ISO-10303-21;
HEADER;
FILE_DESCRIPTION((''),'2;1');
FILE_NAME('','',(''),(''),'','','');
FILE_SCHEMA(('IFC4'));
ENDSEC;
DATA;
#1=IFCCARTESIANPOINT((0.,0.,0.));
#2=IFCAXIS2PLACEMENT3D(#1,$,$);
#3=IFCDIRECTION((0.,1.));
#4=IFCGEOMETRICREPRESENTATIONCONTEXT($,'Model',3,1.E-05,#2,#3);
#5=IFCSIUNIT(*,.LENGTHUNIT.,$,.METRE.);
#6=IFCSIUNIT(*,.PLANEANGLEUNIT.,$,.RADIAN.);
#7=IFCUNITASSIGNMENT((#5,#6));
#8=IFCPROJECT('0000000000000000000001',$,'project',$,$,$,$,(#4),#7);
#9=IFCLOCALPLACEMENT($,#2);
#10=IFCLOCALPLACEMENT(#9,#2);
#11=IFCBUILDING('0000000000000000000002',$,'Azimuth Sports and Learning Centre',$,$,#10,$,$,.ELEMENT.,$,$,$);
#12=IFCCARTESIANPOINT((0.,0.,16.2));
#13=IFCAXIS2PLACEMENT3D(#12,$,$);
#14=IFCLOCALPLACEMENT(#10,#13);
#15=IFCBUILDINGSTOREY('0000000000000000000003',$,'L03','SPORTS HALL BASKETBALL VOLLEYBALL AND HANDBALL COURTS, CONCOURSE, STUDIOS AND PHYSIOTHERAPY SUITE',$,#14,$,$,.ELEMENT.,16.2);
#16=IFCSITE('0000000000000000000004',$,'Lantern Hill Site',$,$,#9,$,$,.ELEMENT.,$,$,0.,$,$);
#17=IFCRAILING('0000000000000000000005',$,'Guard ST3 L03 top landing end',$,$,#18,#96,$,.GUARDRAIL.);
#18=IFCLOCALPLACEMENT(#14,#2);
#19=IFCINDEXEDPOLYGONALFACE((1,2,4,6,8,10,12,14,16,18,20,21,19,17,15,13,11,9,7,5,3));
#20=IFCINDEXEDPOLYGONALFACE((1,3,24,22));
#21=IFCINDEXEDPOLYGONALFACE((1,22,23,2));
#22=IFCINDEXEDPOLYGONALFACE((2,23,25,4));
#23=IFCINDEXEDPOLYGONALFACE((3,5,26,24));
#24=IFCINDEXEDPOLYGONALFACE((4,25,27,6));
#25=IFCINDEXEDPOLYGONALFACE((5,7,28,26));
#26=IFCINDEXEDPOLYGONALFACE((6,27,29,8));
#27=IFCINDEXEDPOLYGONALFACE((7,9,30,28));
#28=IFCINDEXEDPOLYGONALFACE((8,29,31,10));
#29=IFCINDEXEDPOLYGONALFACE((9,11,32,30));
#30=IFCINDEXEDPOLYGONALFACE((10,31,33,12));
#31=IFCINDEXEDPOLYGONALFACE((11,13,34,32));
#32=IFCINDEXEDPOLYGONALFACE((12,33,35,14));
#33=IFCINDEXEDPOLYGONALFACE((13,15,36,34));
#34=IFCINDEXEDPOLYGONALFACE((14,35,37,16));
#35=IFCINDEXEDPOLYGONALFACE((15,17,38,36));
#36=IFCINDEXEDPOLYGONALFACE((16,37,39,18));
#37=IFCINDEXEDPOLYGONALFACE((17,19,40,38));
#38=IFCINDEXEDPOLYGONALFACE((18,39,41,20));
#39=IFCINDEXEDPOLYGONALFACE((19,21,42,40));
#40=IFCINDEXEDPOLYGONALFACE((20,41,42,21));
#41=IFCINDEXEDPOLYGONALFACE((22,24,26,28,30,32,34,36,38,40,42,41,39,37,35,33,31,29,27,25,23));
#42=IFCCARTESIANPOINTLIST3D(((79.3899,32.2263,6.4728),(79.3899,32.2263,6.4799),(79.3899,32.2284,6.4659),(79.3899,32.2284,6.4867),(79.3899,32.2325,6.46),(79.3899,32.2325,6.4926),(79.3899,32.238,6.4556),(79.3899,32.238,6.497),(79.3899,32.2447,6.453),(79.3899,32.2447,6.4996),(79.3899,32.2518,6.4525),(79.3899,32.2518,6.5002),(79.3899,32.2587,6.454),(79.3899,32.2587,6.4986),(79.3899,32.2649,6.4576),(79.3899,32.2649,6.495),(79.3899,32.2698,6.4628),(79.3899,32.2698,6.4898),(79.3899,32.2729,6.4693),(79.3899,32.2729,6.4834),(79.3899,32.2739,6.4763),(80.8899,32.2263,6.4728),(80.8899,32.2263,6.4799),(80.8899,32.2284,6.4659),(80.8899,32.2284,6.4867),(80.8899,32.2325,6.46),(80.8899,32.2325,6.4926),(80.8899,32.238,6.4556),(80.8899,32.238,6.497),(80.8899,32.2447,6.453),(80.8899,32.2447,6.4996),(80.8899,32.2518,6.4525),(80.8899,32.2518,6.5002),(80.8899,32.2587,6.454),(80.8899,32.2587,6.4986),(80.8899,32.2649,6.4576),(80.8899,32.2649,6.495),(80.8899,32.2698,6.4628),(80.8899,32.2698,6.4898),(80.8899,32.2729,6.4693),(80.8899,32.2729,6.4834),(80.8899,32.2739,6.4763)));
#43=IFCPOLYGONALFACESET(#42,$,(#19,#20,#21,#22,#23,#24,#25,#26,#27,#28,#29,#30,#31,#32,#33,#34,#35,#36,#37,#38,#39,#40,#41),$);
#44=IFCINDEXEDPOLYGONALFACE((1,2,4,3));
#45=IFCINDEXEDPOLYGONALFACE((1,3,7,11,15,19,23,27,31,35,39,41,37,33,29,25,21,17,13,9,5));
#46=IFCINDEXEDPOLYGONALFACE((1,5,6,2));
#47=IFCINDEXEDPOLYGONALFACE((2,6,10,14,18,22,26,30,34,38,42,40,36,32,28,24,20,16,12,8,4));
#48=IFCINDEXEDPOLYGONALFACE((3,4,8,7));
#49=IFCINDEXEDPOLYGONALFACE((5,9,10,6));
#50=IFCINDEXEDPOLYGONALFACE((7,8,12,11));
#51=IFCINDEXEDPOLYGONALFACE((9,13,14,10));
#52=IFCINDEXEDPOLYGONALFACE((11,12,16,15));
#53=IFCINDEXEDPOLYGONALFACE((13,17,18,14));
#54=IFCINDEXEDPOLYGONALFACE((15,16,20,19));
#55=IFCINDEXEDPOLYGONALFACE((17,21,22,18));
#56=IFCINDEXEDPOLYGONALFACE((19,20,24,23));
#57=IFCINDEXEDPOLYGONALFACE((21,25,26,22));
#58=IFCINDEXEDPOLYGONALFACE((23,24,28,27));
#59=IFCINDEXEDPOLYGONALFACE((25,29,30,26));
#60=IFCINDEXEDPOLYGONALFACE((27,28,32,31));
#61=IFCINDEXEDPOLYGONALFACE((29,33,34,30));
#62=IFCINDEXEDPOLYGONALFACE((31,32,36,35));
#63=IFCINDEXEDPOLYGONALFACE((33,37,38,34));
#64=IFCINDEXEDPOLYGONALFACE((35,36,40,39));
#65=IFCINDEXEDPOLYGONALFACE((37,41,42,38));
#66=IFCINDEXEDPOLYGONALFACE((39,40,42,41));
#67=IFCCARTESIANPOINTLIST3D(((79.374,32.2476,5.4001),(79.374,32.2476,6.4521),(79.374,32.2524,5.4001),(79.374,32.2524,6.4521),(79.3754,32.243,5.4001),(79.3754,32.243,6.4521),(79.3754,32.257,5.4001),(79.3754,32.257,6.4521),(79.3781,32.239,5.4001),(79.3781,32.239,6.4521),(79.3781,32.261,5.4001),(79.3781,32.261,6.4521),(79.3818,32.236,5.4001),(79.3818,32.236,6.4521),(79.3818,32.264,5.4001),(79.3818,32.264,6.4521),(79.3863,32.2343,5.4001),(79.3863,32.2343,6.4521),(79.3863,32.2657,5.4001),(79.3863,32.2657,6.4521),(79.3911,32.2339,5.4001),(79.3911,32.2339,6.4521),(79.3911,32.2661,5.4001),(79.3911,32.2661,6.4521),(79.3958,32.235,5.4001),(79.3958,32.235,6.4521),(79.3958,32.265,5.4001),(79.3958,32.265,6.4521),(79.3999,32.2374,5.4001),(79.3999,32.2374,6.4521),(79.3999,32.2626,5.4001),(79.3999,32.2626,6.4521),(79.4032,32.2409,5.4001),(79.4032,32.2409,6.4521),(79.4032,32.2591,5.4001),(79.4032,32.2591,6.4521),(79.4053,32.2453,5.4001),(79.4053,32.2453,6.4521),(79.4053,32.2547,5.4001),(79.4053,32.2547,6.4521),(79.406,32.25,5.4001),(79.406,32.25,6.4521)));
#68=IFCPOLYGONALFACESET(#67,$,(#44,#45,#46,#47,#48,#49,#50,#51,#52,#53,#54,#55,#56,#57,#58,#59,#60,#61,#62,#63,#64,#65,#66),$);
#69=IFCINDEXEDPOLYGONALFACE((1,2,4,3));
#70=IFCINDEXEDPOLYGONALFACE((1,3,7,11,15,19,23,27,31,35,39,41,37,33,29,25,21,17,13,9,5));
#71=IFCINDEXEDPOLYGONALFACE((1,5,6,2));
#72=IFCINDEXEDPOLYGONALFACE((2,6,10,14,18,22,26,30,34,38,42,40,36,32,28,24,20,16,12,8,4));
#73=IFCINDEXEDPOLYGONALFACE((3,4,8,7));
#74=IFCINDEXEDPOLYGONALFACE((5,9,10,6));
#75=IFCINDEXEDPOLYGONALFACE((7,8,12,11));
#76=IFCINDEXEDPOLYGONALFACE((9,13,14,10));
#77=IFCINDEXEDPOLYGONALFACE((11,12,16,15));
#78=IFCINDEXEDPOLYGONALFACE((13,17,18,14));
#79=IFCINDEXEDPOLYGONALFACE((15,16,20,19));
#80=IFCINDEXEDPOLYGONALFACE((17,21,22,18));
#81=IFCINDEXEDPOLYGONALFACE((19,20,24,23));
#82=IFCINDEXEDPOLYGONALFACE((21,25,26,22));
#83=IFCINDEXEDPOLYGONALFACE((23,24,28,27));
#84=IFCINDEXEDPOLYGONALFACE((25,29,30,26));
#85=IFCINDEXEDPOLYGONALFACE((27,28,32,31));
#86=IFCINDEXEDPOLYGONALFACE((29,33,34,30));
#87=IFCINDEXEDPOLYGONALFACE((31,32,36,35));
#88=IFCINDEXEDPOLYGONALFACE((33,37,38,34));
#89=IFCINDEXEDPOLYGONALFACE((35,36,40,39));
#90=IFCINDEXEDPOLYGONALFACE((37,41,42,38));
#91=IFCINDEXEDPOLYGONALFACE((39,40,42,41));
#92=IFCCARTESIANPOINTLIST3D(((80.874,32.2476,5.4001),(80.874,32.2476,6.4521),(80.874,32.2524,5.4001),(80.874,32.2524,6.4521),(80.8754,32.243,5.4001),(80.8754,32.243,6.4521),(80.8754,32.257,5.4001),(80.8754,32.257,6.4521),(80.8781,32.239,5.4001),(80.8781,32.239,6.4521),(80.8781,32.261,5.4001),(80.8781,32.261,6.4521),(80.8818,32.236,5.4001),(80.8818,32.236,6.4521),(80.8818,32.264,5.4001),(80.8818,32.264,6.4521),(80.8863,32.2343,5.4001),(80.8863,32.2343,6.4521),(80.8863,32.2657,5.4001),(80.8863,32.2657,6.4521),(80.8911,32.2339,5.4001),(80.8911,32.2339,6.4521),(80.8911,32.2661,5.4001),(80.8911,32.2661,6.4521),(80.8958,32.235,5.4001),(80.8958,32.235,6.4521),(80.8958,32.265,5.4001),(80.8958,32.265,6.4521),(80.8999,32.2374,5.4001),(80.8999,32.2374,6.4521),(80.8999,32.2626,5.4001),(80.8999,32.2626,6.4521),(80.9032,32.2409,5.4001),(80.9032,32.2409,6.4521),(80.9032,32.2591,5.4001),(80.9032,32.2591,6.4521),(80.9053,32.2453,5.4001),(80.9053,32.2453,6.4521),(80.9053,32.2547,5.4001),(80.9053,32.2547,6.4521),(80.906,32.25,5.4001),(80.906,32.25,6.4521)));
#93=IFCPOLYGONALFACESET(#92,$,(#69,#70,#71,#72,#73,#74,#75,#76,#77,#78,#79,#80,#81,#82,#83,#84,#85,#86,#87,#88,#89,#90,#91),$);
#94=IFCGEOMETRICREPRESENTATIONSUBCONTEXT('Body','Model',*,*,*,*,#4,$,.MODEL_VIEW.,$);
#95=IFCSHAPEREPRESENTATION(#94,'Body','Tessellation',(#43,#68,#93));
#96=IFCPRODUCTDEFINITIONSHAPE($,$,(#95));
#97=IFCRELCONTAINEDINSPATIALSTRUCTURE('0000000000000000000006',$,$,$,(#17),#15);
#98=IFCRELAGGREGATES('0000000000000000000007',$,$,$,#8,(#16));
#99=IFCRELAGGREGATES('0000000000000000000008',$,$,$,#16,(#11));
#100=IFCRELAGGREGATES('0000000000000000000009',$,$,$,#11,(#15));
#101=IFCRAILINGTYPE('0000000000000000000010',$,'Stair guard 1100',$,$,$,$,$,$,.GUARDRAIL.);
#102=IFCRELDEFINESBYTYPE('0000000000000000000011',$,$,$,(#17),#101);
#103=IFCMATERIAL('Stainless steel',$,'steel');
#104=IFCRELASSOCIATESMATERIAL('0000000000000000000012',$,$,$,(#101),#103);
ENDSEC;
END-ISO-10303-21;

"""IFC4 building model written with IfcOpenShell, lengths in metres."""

from ifc_helpers import new_model, si_unit, direction, frame, origin, origin_2d, place, context, subcontext, project, spatial, circle, extrude, material, type_object, element, save


model = new_model("IFC4")

# Units and contexts
model_context = context("Model", 3, precision=1e-05, world=origin(), true_north=direction((0.0, 1.0)))
body_context = subcontext(model_context, "Body", "Model", "MODEL_VIEW")
ifc_project = project(units=[si_unit("LENGTHUNIT", "METRE"), si_unit("PLANEANGLEUNIT", "RADIAN")], contexts=[model_context])

# Site, building, storey
site_placement = place(None, origin())
site = spatial("IfcSite", under=ifc_project, at=site_placement, Name="Lantern Hill Site", CompositionType="ELEMENT", RefElevation=0.0)
building_placement = place(site_placement, origin())
building = spatial("IfcBuilding", under=site, at=building_placement, Name="Azimuth Sports and Learning Centre", CompositionType="ELEMENT")
storey_placement = place(building_placement, frame((0.0, 0.0, 16.2)))
storey = spatial("IfcBuildingStorey", under=building, at=storey_placement, Name="L03", Description="SPORTS HALL BASKETBALL VOLLEYBALL AND HANDBALL COURTS, CONCOURSE, STUDIOS AND PHYSIOTHERAPY SUITE", CompositionType="ELEMENT", Elevation=16.2)

# Railing
ifc_material_1 = material(Name="Stainless steel", Category="steel")
railing_type_1 = type_object("IfcRailingType", Name="Stair guard 1100", PredefinedType="GUARDRAIL", material=ifc_material_1)
railing_1_placement = place(storey_placement, frame((79.3899, 32.25, 5.4001)))
element("IfcRailing", 1, at=railing_1_placement, inside=storey, type_object=railing_type_1, Name="Guard ST3 L03 top landing end", PredefinedType="GUARDRAIL", context=body_context, shape_type="SweptSolid", body=[
    extrude(circle(Radius=0.0239, at=origin_2d()), frame((0.0, 0.0, 1.0762), z_axis=(1.0, 0.0, 0.0), x_axis=(0.0, 1.0, 0.0)), (0.0, 0.0, 1.0), 1.5),
    extrude(circle(Radius=0.0161, at=origin_2d()), origin(), (0.0, 0.0, 1.0), 1.052),
    extrude(circle(Radius=0.0161, at=origin_2d()), frame((1.5, 0.0, 0.0)), (0.0, 0.0, 1.0), 1.052),
])

save(model, "model.ifc")
